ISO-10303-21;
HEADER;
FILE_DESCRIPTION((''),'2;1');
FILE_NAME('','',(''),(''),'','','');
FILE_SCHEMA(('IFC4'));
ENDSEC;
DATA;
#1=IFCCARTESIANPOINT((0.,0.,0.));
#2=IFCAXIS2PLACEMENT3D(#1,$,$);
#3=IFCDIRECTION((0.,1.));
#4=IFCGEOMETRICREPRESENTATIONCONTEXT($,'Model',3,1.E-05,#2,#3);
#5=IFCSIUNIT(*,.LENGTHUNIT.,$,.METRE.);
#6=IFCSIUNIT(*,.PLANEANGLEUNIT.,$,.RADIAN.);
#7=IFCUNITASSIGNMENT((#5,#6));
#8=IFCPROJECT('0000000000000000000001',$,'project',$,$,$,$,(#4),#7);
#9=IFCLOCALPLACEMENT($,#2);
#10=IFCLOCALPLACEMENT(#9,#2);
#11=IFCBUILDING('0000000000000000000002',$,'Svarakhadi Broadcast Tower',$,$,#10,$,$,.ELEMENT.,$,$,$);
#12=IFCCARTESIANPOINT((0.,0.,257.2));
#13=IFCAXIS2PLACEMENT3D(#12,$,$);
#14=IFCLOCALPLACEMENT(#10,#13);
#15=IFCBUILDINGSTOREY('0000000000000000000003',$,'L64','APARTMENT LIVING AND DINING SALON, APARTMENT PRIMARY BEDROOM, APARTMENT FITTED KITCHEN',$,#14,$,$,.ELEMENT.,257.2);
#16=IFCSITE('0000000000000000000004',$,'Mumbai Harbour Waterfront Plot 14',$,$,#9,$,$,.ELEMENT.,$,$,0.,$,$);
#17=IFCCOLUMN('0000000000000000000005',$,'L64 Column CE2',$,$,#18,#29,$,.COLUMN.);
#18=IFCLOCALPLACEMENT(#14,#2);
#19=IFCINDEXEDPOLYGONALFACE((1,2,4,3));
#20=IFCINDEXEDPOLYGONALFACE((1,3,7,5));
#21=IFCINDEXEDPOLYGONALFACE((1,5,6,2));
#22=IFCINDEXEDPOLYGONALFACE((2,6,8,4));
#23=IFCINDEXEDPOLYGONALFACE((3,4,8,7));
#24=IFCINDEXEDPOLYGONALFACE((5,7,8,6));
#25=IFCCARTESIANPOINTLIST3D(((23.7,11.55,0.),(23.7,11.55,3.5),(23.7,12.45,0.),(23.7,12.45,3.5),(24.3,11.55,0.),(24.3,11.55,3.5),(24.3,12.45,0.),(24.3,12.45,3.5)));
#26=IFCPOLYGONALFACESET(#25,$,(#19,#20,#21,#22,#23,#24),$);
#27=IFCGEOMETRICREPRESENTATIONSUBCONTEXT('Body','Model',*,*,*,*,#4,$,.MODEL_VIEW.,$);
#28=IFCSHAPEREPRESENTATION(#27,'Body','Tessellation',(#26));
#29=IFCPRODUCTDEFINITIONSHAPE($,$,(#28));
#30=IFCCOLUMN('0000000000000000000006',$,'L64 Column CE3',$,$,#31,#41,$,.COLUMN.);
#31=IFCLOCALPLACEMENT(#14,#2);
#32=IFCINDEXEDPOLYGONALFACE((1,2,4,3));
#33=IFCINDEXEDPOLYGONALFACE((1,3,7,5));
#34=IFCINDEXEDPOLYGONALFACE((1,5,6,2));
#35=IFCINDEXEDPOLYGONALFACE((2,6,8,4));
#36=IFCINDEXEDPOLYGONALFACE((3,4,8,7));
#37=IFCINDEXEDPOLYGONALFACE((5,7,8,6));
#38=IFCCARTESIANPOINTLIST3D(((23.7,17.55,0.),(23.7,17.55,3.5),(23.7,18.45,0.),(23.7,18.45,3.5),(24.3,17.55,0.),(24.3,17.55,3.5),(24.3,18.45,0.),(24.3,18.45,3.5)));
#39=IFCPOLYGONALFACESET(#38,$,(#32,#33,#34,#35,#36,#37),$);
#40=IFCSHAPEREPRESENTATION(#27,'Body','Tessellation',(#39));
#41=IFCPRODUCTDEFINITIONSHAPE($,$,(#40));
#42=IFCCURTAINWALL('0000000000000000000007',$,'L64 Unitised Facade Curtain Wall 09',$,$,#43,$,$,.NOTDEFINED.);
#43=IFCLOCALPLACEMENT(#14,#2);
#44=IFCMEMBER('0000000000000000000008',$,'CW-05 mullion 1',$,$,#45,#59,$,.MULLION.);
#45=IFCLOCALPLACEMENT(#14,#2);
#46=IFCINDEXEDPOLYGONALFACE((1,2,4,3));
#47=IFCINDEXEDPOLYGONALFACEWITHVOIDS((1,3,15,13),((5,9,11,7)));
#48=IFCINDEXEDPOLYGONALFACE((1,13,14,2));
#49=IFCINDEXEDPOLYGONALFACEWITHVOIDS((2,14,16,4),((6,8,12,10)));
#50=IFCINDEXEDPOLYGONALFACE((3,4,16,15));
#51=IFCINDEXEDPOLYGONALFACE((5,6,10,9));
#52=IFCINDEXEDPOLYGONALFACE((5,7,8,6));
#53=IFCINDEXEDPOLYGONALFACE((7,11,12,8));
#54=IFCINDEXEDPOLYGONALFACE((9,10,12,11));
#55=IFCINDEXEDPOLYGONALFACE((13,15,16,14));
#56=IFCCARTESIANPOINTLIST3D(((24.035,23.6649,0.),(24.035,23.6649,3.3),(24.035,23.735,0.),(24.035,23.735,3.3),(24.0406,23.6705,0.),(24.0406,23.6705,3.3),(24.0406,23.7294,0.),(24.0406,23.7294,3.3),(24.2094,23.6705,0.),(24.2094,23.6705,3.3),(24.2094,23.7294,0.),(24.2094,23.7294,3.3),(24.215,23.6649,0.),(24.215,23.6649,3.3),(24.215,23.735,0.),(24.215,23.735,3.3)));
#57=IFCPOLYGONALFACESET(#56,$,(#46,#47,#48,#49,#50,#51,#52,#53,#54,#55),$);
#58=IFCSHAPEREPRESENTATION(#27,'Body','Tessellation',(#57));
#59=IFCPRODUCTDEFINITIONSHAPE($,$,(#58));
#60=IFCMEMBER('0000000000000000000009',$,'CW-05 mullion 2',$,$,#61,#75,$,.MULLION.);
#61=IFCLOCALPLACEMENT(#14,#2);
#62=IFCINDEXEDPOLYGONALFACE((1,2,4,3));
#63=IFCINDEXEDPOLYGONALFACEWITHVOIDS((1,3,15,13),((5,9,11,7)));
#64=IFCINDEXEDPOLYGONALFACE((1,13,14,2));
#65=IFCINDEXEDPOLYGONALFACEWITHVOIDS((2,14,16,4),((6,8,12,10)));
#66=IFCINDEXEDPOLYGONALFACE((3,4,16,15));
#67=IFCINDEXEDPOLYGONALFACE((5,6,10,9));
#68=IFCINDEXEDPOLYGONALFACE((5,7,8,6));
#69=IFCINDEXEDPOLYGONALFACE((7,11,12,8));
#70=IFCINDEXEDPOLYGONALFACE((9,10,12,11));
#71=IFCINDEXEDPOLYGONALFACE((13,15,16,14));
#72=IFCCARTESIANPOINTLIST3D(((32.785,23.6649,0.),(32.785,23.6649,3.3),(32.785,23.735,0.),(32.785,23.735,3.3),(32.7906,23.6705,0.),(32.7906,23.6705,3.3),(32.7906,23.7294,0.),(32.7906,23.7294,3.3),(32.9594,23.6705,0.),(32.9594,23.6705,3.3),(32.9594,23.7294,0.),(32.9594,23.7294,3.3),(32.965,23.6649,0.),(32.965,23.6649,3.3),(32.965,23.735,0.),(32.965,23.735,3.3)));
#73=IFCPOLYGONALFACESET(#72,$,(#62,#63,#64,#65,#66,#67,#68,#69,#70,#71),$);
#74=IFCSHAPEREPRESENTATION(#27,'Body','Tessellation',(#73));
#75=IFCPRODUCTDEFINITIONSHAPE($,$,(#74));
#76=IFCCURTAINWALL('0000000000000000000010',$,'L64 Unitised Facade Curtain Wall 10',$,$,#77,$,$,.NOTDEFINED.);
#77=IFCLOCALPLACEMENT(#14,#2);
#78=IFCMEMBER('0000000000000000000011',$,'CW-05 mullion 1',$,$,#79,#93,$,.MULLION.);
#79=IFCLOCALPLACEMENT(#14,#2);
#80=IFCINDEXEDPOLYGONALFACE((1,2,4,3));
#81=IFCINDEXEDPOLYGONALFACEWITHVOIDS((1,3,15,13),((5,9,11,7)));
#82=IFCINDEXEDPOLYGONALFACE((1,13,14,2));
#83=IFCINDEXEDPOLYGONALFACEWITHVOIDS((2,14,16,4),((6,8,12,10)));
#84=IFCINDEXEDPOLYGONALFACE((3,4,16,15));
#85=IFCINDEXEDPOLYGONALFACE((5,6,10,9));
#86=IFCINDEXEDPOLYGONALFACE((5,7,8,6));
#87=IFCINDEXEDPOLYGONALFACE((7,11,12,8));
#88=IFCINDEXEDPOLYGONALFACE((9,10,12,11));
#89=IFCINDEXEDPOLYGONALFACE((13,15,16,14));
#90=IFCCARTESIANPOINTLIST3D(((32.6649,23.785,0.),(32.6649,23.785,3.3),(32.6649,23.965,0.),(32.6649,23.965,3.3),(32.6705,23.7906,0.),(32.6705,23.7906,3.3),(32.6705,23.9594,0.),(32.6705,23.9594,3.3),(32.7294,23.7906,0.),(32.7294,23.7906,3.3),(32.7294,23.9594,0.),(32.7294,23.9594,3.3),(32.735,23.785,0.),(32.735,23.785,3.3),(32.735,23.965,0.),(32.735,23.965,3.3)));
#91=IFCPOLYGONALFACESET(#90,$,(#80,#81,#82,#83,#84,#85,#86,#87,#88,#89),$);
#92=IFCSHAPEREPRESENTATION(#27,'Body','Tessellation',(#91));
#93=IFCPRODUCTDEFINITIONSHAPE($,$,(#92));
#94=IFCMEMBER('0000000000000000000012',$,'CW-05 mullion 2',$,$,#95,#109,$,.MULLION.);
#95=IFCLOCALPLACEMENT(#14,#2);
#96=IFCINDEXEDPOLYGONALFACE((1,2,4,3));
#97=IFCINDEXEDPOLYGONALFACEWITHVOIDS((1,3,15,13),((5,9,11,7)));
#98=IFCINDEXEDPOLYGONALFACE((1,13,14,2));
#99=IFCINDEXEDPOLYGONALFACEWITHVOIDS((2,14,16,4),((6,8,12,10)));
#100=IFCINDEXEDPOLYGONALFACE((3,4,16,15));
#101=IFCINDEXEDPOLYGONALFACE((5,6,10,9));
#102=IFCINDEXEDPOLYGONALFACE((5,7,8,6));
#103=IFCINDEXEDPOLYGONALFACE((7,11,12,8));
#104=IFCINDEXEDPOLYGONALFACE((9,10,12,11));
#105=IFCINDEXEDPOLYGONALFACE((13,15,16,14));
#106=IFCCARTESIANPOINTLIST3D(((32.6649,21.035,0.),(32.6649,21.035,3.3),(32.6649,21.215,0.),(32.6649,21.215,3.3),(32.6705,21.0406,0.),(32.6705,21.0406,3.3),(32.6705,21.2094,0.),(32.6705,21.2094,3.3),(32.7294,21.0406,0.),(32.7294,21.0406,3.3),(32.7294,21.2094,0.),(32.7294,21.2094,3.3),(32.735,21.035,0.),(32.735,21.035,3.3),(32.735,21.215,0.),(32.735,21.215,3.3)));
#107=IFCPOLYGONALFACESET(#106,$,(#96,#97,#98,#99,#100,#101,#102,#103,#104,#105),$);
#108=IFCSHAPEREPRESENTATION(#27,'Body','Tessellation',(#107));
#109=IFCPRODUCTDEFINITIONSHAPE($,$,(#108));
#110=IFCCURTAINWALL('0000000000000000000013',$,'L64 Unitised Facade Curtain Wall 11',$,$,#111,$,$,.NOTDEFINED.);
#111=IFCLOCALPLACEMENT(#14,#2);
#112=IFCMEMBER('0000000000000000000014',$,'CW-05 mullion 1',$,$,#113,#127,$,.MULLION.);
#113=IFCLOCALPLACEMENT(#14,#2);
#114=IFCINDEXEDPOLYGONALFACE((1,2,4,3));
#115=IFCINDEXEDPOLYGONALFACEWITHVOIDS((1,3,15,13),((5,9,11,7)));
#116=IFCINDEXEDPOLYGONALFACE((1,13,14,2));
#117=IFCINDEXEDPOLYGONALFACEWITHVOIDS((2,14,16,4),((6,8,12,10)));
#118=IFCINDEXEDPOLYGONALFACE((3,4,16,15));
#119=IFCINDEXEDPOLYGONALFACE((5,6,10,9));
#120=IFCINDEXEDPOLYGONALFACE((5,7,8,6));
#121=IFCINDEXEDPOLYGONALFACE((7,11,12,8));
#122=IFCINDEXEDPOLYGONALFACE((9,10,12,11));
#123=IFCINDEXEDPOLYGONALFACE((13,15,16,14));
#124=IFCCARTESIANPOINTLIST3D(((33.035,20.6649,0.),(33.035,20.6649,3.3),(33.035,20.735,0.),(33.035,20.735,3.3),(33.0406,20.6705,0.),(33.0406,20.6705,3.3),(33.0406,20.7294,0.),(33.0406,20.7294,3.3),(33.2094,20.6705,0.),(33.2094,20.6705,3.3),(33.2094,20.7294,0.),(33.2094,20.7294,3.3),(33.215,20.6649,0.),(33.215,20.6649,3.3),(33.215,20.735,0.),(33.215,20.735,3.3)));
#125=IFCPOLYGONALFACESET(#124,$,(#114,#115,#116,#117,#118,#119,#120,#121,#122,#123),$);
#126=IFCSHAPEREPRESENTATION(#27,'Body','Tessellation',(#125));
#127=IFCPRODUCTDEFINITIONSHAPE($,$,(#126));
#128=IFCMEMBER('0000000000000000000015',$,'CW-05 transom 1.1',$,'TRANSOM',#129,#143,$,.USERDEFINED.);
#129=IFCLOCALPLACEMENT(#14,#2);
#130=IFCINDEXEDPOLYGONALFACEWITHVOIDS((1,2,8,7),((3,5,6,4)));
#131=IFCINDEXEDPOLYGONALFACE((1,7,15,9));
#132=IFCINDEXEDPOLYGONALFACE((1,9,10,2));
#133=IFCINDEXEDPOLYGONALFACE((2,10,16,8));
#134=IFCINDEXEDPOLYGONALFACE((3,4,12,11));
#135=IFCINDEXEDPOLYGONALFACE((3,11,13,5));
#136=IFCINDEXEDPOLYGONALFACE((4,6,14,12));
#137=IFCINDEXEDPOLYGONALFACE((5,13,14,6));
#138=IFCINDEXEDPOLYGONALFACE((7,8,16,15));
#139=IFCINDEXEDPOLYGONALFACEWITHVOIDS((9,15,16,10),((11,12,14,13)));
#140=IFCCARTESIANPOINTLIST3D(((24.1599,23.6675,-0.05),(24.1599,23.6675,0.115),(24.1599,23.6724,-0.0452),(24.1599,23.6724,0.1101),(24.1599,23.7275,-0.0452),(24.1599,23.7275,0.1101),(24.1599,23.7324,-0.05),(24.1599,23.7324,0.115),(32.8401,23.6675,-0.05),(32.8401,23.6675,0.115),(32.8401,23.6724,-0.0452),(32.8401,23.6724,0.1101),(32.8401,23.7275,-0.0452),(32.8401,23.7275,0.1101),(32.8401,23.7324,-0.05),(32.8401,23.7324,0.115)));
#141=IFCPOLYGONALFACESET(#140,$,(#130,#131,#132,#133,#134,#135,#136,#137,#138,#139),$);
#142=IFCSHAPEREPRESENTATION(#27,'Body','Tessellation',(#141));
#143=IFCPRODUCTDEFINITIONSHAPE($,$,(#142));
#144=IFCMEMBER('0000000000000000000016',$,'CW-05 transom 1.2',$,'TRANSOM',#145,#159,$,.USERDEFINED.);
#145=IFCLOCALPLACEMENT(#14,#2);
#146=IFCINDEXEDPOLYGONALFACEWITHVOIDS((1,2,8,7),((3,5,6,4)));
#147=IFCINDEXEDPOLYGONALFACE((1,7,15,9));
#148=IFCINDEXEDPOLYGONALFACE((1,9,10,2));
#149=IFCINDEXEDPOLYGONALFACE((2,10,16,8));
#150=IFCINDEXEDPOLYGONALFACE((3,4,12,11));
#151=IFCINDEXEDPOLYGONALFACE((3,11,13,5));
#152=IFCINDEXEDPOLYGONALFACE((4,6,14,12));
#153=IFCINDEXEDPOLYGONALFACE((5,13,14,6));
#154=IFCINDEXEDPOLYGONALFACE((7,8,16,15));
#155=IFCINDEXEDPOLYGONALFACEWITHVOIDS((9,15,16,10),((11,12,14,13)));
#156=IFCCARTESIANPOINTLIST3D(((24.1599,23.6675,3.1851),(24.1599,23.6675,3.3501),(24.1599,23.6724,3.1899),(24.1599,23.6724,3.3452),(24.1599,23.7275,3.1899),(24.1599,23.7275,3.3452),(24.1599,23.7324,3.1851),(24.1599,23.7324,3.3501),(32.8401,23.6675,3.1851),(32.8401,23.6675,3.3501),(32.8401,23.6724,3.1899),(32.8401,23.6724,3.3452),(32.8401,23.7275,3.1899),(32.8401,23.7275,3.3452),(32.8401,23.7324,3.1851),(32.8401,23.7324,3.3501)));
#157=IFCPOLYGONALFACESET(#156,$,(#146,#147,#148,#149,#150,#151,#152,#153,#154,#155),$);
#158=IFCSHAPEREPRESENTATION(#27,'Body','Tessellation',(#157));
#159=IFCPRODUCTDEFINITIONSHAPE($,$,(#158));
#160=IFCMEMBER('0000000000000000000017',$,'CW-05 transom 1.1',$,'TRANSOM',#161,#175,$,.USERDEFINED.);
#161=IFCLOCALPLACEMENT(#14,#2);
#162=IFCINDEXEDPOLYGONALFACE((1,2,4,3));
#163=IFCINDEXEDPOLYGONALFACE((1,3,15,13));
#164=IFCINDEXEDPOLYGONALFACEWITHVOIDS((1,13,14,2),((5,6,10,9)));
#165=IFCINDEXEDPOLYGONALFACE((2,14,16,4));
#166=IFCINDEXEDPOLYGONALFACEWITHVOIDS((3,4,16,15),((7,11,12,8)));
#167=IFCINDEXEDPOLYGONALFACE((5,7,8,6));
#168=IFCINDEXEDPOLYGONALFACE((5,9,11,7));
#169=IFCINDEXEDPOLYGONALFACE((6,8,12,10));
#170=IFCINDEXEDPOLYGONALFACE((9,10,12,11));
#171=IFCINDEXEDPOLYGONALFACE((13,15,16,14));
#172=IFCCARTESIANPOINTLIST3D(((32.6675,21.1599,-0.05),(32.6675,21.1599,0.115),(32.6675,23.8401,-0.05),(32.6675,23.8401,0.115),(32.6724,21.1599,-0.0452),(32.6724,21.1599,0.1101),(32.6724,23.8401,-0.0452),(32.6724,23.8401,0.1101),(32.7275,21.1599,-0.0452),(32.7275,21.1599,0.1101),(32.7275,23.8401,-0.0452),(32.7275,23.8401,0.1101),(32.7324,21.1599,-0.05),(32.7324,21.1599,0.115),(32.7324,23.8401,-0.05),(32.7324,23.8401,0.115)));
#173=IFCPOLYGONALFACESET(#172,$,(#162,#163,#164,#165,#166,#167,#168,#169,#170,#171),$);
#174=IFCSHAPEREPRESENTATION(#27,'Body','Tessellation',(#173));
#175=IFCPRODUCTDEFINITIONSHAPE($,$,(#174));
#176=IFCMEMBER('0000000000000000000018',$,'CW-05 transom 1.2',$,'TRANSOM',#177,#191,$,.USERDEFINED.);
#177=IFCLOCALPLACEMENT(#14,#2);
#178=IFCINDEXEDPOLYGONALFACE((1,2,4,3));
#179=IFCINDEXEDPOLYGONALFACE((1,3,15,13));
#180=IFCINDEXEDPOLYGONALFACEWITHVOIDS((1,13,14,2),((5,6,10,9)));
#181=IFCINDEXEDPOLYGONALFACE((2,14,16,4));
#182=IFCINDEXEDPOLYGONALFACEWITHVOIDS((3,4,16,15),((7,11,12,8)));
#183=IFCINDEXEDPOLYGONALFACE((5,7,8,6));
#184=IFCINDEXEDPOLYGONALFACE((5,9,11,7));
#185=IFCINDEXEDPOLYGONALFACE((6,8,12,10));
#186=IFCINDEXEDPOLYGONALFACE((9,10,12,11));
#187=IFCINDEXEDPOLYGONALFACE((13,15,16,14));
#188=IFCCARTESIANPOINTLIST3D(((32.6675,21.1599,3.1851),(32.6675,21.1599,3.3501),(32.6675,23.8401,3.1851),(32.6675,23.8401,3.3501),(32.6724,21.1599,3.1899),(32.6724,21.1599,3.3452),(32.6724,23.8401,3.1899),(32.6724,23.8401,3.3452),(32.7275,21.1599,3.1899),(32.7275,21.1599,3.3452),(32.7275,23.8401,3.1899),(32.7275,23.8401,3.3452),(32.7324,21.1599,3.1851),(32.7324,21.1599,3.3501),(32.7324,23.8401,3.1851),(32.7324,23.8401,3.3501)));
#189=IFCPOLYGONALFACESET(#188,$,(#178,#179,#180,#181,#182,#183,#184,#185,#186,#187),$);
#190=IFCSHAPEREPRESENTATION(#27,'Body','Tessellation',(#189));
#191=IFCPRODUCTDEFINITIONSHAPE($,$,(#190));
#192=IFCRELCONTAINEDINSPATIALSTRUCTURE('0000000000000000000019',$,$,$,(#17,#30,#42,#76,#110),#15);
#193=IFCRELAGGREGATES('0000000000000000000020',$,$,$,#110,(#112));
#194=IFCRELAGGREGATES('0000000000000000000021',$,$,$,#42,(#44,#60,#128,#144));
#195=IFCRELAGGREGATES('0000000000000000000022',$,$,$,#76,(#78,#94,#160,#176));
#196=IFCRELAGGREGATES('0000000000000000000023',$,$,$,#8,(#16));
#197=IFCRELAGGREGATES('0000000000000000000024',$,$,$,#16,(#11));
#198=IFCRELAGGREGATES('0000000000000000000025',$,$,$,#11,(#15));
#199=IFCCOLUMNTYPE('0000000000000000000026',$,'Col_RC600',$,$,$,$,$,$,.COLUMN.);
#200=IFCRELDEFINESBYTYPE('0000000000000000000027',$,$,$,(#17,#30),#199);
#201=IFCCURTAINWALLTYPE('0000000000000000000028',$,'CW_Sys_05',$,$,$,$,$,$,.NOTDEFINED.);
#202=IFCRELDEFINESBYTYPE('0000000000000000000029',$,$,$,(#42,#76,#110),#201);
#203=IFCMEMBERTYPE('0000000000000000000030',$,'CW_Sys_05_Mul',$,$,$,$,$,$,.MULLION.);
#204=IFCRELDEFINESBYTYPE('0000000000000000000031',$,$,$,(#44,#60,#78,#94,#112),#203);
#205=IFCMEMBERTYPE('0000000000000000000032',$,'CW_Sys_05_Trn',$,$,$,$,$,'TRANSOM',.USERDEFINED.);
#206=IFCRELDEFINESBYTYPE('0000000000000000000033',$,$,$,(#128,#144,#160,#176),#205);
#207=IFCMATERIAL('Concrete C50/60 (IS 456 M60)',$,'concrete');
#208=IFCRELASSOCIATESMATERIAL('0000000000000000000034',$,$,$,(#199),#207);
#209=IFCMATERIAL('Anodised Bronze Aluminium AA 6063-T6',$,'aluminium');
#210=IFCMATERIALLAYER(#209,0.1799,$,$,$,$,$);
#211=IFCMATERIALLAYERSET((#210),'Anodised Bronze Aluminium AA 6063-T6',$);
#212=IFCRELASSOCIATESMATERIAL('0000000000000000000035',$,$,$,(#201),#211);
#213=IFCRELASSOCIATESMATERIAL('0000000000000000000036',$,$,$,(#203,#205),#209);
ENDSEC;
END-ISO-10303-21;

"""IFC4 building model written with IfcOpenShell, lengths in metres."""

from ifc_helpers import new_model, si_unit, direction, frame, origin, origin_2d, place, context, subcontext, project, spatial, rectangle, hollow_rectangle, extrude, material, layer, layer_set, material_profile, profile_set, type_object, element, aggregate, save


model = new_model("IFC4")

# Units and contexts
model_context = context("Model", 3, precision=1e-05, world=origin(), true_north=direction((0.0, 1.0)))
body_context = subcontext(model_context, "Body", "Model", "MODEL_VIEW")
ifc_project = project(units=[si_unit("LENGTHUNIT", "METRE"), si_unit("PLANEANGLEUNIT", "RADIAN")], contexts=[model_context])

# Site, building, storey
site_placement = place(None, origin())
site = spatial("IfcSite", under=ifc_project, at=site_placement, Name="Mumbai Harbour Waterfront Plot 14", CompositionType="ELEMENT", RefElevation=0.0)
building_placement = place(site_placement, origin())
building = spatial("IfcBuilding", under=site, at=building_placement, Name="Svarakhadi Broadcast Tower", CompositionType="ELEMENT")
storey_placement = place(building_placement, frame((0.0, 0.0, 257.2)))
storey = spatial("IfcBuildingStorey", under=building, at=storey_placement, Name="L64", Description="APARTMENT LIVING AND DINING SALON, APARTMENT PRIMARY BEDROOM, APARTMENT FITTED KITCHEN", CompositionType="ELEMENT", Elevation=257.2)

# Columns
ifc_material_1 = material(Name="Concrete C50/60 (IS 456 M60)", Category="concrete")
ifc_material_profile_1 = material_profile(ifc_material_1, rectangle(XDim=0.6001, YDim=0.8999, at=origin_2d()), Name="RC 600x900")
ifc_profile_set_1 = profile_set([ifc_material_profile_1], Name="Concrete C50/60 (IS 456 M60)")
column_type = type_object("IfcColumnType", Name="Col_RC600", PredefinedType="COLUMN", material=ifc_profile_set_1)
for number, where, z_axis, x_axis, name in (
    (1, (24.0, 12.0, 0.0), (0.0, 0.0, 1.0), (1.0, 0.0, 0.0), "L64 Column CE2"),
    (2, (24.0, 18.0, 0.0), (0.0, 0.0, 1.0), (1.0, 0.0, 0.0), "L64 Column CE3"),
):
    element("IfcColumn", number, at=place(storey_placement, frame(where, z_axis=z_axis, x_axis=x_axis)), inside=storey, type_object=column_type, Name=name, PredefinedType="COLUMN", context=body_context, shape_type="SweptSolid", body=[
        extrude(rectangle(XDim=0.6001, YDim=0.8999, at=origin_2d()), origin(), (0.0, 0.0, 1.0), 3.5),
    ])

# Curtain walls, members
ifc_material_2 = material(Name="Anodised Bronze Aluminium AA 6063-T6", Category="aluminium")
ifc_layer_1 = layer(ifc_material_2, 0.1799)
ifc_layer_set_1 = layer_set([ifc_layer_1], Name="Anodised Bronze Aluminium AA 6063-T6")
curtain_wall_type = type_object("IfcCurtainWallType", Name="CW_Sys_05", PredefinedType="NOTDEFINED", material=ifc_layer_set_1)
curtain_wall_1_placement = place(storey_placement, origin())
curtain_wall_1 = element("IfcCurtainWall", 3, at=curtain_wall_1_placement, inside=storey, type_object=curtain_wall_type, Name="L64 Unitised Facade Curtain Wall 09", PredefinedType="NOTDEFINED")
ifc_material_profile_2 = material_profile(ifc_material_2, hollow_rectangle(XDim=0.0701, YDim=0.1799, WallThickness=0.0056, at=origin_2d()), Name="ALU MULLION 180x70x6")
ifc_profile_set_2 = profile_set([ifc_material_profile_2], Name="Anodised Bronze Aluminium AA 6063-T6")
member_type_1 = type_object("IfcMemberType", Name="CW_Sys_05_Mul", PredefinedType="MULLION", material=ifc_profile_set_2)
member_1_placement = place(storey_placement, frame((24.125, 23.7, 0.0), z_axis=(0.0, 0.0, 1.0), x_axis=(0.0, 1.0, 0.0)))
member_1 = element("IfcMember", 4, at=member_1_placement, type_object=member_type_1, Name="CW-05 mullion 1", PredefinedType="MULLION", context=body_context, shape_type="SweptSolid", body=[
    extrude(hollow_rectangle(XDim=0.0701, YDim=0.1799, WallThickness=0.0056, at=origin_2d()), origin(), (0.0, 0.0, 1.0), 3.3),
])
member_2_placement = place(storey_placement, frame((32.875, 23.7, 0.0), z_axis=(0.0, 0.0, 1.0), x_axis=(0.0, 1.0, 0.0)))
member_2 = element("IfcMember", 5, at=member_2_placement, type_object=member_type_1, Name="CW-05 mullion 2", PredefinedType="MULLION", context=body_context, shape_type="SweptSolid", body=[
    extrude(hollow_rectangle(XDim=0.0701, YDim=0.1799, WallThickness=0.0056, at=origin_2d()), origin(), (0.0, 0.0, 1.0), 3.3),
])
curtain_wall_2_placement = place(storey_placement, origin())
curtain_wall_2 = element("IfcCurtainWall", 6, at=curtain_wall_2_placement, inside=storey, type_object=curtain_wall_type, Name="L64 Unitised Facade Curtain Wall 10", PredefinedType="NOTDEFINED")
member_3_placement = place(storey_placement, frame((32.7, 23.875, 0.0), z_axis=(0.0, 0.0, 1.0), x_axis=(1.0, 0.0, 0.0)))
member_3 = element("IfcMember", 7, at=member_3_placement, type_object=member_type_1, Name="CW-05 mullion 1", PredefinedType="MULLION", context=body_context, shape_type="SweptSolid", body=[
    extrude(hollow_rectangle(XDim=0.0701, YDim=0.1799, WallThickness=0.0056, at=origin_2d()), origin(), (0.0, 0.0, 1.0), 3.3),
])
member_4_placement = place(storey_placement, frame((32.7, 21.125, 0.0), z_axis=(0.0, 0.0, 1.0), x_axis=(1.0, 0.0, 0.0)))
member_4 = element("IfcMember", 8, at=member_4_placement, type_object=member_type_1, Name="CW-05 mullion 2", PredefinedType="MULLION", context=body_context, shape_type="SweptSolid", body=[
    extrude(hollow_rectangle(XDim=0.0701, YDim=0.1799, WallThickness=0.0056, at=origin_2d()), origin(), (0.0, 0.0, 1.0), 3.3),
])

# Curtain wall, member
curtain_wall_3_placement = place(storey_placement, origin())
curtain_wall_3 = element("IfcCurtainWall", 9, at=curtain_wall_3_placement, inside=storey, type_object=curtain_wall_type, Name="L64 Unitised Facade Curtain Wall 11", PredefinedType="NOTDEFINED")
member_5_placement = place(storey_placement, frame((33.125, 20.7, 0.0), z_axis=(0.0, 0.0, 1.0), x_axis=(0.0, 1.0, 0.0)))
member_5 = element("IfcMember", 10, at=member_5_placement, type_object=member_type_1, Name="CW-05 mullion 1", PredefinedType="MULLION", context=body_context, shape_type="SweptSolid", body=[
    extrude(hollow_rectangle(XDim=0.0701, YDim=0.1799, WallThickness=0.0056, at=origin_2d()), origin(), (0.0, 0.0, 1.0), 3.3),
])

# Members
ifc_material_profile_3 = material_profile(ifc_material_2, hollow_rectangle(XDim=0.0649, YDim=0.165, WallThickness=0.0049, at=origin_2d()), Name="ALU TRANSOM 165x65x5")
ifc_profile_set_3 = profile_set([ifc_material_profile_3], Name="Anodised Bronze Aluminium AA 6063-T6")
member_type_2 = type_object("IfcMemberType", Name="CW_Sys_05_Trn", ElementType="TRANSOM", PredefinedType="USERDEFINED", material=ifc_profile_set_3)
member_6_placement = place(storey_placement, frame((24.1599, 23.7, 0.0325), z_axis=(1.0, 0.0, 0.0), x_axis=(0.0, 1.0, 0.0)))
member_6 = element("IfcMember", 11, at=member_6_placement, type_object=member_type_2, Name="CW-05 transom 1.1", ObjectType="TRANSOM", PredefinedType="USERDEFINED", context=body_context, shape_type="SweptSolid", body=[
    extrude(hollow_rectangle(XDim=0.0649, YDim=0.165, WallThickness=0.0049, at=origin_2d()), origin(), (0.0, 0.0, 1.0), 8.6802),
])
member_7_placement = place(storey_placement, frame((24.1599, 23.7, 3.2676), z_axis=(1.0, 0.0, 0.0), x_axis=(0.0, 1.0, 0.0)))
member_7 = element("IfcMember", 12, at=member_7_placement, type_object=member_type_2, Name="CW-05 transom 1.2", ObjectType="TRANSOM", PredefinedType="USERDEFINED", context=body_context, shape_type="SweptSolid", body=[
    extrude(hollow_rectangle(XDim=0.0649, YDim=0.165, WallThickness=0.0049, at=origin_2d()), origin(), (0.0, 0.0, 1.0), 8.6802),
])
member_8_placement = place(storey_placement, frame((32.7, 23.8401, 0.0325), z_axis=(0.0, -1.0, 0.0), x_axis=(1.0, 0.0, 0.0)))
member_8 = element("IfcMember", 13, at=member_8_placement, type_object=member_type_2, Name="CW-05 transom 1.1", ObjectType="TRANSOM", PredefinedType="USERDEFINED", context=body_context, shape_type="SweptSolid", body=[
    extrude(hollow_rectangle(XDim=0.0649, YDim=0.165, WallThickness=0.0049, at=origin_2d()), origin(), (0.0, 0.0, 1.0), 2.6802),
])
member_9_placement = place(storey_placement, frame((32.7, 23.8401, 3.2676), z_axis=(0.0, -1.0, 0.0), x_axis=(1.0, 0.0, 0.0)))
member_9 = element("IfcMember", 14, at=member_9_placement, type_object=member_type_2, Name="CW-05 transom 1.2", ObjectType="TRANSOM", PredefinedType="USERDEFINED", context=body_context, shape_type="SweptSolid", body=[
    extrude(hollow_rectangle(XDim=0.0649, YDim=0.165, WallThickness=0.0049, at=origin_2d()), origin(), (0.0, 0.0, 1.0), 2.6802),
])
aggregate(curtain_wall_3, [member_5])

aggregate(curtain_wall_1, [member_1, member_2, member_6, member_7])
aggregate(curtain_wall_2, [member_3, member_4, member_8, member_9])

save(model, "model.ifc")
